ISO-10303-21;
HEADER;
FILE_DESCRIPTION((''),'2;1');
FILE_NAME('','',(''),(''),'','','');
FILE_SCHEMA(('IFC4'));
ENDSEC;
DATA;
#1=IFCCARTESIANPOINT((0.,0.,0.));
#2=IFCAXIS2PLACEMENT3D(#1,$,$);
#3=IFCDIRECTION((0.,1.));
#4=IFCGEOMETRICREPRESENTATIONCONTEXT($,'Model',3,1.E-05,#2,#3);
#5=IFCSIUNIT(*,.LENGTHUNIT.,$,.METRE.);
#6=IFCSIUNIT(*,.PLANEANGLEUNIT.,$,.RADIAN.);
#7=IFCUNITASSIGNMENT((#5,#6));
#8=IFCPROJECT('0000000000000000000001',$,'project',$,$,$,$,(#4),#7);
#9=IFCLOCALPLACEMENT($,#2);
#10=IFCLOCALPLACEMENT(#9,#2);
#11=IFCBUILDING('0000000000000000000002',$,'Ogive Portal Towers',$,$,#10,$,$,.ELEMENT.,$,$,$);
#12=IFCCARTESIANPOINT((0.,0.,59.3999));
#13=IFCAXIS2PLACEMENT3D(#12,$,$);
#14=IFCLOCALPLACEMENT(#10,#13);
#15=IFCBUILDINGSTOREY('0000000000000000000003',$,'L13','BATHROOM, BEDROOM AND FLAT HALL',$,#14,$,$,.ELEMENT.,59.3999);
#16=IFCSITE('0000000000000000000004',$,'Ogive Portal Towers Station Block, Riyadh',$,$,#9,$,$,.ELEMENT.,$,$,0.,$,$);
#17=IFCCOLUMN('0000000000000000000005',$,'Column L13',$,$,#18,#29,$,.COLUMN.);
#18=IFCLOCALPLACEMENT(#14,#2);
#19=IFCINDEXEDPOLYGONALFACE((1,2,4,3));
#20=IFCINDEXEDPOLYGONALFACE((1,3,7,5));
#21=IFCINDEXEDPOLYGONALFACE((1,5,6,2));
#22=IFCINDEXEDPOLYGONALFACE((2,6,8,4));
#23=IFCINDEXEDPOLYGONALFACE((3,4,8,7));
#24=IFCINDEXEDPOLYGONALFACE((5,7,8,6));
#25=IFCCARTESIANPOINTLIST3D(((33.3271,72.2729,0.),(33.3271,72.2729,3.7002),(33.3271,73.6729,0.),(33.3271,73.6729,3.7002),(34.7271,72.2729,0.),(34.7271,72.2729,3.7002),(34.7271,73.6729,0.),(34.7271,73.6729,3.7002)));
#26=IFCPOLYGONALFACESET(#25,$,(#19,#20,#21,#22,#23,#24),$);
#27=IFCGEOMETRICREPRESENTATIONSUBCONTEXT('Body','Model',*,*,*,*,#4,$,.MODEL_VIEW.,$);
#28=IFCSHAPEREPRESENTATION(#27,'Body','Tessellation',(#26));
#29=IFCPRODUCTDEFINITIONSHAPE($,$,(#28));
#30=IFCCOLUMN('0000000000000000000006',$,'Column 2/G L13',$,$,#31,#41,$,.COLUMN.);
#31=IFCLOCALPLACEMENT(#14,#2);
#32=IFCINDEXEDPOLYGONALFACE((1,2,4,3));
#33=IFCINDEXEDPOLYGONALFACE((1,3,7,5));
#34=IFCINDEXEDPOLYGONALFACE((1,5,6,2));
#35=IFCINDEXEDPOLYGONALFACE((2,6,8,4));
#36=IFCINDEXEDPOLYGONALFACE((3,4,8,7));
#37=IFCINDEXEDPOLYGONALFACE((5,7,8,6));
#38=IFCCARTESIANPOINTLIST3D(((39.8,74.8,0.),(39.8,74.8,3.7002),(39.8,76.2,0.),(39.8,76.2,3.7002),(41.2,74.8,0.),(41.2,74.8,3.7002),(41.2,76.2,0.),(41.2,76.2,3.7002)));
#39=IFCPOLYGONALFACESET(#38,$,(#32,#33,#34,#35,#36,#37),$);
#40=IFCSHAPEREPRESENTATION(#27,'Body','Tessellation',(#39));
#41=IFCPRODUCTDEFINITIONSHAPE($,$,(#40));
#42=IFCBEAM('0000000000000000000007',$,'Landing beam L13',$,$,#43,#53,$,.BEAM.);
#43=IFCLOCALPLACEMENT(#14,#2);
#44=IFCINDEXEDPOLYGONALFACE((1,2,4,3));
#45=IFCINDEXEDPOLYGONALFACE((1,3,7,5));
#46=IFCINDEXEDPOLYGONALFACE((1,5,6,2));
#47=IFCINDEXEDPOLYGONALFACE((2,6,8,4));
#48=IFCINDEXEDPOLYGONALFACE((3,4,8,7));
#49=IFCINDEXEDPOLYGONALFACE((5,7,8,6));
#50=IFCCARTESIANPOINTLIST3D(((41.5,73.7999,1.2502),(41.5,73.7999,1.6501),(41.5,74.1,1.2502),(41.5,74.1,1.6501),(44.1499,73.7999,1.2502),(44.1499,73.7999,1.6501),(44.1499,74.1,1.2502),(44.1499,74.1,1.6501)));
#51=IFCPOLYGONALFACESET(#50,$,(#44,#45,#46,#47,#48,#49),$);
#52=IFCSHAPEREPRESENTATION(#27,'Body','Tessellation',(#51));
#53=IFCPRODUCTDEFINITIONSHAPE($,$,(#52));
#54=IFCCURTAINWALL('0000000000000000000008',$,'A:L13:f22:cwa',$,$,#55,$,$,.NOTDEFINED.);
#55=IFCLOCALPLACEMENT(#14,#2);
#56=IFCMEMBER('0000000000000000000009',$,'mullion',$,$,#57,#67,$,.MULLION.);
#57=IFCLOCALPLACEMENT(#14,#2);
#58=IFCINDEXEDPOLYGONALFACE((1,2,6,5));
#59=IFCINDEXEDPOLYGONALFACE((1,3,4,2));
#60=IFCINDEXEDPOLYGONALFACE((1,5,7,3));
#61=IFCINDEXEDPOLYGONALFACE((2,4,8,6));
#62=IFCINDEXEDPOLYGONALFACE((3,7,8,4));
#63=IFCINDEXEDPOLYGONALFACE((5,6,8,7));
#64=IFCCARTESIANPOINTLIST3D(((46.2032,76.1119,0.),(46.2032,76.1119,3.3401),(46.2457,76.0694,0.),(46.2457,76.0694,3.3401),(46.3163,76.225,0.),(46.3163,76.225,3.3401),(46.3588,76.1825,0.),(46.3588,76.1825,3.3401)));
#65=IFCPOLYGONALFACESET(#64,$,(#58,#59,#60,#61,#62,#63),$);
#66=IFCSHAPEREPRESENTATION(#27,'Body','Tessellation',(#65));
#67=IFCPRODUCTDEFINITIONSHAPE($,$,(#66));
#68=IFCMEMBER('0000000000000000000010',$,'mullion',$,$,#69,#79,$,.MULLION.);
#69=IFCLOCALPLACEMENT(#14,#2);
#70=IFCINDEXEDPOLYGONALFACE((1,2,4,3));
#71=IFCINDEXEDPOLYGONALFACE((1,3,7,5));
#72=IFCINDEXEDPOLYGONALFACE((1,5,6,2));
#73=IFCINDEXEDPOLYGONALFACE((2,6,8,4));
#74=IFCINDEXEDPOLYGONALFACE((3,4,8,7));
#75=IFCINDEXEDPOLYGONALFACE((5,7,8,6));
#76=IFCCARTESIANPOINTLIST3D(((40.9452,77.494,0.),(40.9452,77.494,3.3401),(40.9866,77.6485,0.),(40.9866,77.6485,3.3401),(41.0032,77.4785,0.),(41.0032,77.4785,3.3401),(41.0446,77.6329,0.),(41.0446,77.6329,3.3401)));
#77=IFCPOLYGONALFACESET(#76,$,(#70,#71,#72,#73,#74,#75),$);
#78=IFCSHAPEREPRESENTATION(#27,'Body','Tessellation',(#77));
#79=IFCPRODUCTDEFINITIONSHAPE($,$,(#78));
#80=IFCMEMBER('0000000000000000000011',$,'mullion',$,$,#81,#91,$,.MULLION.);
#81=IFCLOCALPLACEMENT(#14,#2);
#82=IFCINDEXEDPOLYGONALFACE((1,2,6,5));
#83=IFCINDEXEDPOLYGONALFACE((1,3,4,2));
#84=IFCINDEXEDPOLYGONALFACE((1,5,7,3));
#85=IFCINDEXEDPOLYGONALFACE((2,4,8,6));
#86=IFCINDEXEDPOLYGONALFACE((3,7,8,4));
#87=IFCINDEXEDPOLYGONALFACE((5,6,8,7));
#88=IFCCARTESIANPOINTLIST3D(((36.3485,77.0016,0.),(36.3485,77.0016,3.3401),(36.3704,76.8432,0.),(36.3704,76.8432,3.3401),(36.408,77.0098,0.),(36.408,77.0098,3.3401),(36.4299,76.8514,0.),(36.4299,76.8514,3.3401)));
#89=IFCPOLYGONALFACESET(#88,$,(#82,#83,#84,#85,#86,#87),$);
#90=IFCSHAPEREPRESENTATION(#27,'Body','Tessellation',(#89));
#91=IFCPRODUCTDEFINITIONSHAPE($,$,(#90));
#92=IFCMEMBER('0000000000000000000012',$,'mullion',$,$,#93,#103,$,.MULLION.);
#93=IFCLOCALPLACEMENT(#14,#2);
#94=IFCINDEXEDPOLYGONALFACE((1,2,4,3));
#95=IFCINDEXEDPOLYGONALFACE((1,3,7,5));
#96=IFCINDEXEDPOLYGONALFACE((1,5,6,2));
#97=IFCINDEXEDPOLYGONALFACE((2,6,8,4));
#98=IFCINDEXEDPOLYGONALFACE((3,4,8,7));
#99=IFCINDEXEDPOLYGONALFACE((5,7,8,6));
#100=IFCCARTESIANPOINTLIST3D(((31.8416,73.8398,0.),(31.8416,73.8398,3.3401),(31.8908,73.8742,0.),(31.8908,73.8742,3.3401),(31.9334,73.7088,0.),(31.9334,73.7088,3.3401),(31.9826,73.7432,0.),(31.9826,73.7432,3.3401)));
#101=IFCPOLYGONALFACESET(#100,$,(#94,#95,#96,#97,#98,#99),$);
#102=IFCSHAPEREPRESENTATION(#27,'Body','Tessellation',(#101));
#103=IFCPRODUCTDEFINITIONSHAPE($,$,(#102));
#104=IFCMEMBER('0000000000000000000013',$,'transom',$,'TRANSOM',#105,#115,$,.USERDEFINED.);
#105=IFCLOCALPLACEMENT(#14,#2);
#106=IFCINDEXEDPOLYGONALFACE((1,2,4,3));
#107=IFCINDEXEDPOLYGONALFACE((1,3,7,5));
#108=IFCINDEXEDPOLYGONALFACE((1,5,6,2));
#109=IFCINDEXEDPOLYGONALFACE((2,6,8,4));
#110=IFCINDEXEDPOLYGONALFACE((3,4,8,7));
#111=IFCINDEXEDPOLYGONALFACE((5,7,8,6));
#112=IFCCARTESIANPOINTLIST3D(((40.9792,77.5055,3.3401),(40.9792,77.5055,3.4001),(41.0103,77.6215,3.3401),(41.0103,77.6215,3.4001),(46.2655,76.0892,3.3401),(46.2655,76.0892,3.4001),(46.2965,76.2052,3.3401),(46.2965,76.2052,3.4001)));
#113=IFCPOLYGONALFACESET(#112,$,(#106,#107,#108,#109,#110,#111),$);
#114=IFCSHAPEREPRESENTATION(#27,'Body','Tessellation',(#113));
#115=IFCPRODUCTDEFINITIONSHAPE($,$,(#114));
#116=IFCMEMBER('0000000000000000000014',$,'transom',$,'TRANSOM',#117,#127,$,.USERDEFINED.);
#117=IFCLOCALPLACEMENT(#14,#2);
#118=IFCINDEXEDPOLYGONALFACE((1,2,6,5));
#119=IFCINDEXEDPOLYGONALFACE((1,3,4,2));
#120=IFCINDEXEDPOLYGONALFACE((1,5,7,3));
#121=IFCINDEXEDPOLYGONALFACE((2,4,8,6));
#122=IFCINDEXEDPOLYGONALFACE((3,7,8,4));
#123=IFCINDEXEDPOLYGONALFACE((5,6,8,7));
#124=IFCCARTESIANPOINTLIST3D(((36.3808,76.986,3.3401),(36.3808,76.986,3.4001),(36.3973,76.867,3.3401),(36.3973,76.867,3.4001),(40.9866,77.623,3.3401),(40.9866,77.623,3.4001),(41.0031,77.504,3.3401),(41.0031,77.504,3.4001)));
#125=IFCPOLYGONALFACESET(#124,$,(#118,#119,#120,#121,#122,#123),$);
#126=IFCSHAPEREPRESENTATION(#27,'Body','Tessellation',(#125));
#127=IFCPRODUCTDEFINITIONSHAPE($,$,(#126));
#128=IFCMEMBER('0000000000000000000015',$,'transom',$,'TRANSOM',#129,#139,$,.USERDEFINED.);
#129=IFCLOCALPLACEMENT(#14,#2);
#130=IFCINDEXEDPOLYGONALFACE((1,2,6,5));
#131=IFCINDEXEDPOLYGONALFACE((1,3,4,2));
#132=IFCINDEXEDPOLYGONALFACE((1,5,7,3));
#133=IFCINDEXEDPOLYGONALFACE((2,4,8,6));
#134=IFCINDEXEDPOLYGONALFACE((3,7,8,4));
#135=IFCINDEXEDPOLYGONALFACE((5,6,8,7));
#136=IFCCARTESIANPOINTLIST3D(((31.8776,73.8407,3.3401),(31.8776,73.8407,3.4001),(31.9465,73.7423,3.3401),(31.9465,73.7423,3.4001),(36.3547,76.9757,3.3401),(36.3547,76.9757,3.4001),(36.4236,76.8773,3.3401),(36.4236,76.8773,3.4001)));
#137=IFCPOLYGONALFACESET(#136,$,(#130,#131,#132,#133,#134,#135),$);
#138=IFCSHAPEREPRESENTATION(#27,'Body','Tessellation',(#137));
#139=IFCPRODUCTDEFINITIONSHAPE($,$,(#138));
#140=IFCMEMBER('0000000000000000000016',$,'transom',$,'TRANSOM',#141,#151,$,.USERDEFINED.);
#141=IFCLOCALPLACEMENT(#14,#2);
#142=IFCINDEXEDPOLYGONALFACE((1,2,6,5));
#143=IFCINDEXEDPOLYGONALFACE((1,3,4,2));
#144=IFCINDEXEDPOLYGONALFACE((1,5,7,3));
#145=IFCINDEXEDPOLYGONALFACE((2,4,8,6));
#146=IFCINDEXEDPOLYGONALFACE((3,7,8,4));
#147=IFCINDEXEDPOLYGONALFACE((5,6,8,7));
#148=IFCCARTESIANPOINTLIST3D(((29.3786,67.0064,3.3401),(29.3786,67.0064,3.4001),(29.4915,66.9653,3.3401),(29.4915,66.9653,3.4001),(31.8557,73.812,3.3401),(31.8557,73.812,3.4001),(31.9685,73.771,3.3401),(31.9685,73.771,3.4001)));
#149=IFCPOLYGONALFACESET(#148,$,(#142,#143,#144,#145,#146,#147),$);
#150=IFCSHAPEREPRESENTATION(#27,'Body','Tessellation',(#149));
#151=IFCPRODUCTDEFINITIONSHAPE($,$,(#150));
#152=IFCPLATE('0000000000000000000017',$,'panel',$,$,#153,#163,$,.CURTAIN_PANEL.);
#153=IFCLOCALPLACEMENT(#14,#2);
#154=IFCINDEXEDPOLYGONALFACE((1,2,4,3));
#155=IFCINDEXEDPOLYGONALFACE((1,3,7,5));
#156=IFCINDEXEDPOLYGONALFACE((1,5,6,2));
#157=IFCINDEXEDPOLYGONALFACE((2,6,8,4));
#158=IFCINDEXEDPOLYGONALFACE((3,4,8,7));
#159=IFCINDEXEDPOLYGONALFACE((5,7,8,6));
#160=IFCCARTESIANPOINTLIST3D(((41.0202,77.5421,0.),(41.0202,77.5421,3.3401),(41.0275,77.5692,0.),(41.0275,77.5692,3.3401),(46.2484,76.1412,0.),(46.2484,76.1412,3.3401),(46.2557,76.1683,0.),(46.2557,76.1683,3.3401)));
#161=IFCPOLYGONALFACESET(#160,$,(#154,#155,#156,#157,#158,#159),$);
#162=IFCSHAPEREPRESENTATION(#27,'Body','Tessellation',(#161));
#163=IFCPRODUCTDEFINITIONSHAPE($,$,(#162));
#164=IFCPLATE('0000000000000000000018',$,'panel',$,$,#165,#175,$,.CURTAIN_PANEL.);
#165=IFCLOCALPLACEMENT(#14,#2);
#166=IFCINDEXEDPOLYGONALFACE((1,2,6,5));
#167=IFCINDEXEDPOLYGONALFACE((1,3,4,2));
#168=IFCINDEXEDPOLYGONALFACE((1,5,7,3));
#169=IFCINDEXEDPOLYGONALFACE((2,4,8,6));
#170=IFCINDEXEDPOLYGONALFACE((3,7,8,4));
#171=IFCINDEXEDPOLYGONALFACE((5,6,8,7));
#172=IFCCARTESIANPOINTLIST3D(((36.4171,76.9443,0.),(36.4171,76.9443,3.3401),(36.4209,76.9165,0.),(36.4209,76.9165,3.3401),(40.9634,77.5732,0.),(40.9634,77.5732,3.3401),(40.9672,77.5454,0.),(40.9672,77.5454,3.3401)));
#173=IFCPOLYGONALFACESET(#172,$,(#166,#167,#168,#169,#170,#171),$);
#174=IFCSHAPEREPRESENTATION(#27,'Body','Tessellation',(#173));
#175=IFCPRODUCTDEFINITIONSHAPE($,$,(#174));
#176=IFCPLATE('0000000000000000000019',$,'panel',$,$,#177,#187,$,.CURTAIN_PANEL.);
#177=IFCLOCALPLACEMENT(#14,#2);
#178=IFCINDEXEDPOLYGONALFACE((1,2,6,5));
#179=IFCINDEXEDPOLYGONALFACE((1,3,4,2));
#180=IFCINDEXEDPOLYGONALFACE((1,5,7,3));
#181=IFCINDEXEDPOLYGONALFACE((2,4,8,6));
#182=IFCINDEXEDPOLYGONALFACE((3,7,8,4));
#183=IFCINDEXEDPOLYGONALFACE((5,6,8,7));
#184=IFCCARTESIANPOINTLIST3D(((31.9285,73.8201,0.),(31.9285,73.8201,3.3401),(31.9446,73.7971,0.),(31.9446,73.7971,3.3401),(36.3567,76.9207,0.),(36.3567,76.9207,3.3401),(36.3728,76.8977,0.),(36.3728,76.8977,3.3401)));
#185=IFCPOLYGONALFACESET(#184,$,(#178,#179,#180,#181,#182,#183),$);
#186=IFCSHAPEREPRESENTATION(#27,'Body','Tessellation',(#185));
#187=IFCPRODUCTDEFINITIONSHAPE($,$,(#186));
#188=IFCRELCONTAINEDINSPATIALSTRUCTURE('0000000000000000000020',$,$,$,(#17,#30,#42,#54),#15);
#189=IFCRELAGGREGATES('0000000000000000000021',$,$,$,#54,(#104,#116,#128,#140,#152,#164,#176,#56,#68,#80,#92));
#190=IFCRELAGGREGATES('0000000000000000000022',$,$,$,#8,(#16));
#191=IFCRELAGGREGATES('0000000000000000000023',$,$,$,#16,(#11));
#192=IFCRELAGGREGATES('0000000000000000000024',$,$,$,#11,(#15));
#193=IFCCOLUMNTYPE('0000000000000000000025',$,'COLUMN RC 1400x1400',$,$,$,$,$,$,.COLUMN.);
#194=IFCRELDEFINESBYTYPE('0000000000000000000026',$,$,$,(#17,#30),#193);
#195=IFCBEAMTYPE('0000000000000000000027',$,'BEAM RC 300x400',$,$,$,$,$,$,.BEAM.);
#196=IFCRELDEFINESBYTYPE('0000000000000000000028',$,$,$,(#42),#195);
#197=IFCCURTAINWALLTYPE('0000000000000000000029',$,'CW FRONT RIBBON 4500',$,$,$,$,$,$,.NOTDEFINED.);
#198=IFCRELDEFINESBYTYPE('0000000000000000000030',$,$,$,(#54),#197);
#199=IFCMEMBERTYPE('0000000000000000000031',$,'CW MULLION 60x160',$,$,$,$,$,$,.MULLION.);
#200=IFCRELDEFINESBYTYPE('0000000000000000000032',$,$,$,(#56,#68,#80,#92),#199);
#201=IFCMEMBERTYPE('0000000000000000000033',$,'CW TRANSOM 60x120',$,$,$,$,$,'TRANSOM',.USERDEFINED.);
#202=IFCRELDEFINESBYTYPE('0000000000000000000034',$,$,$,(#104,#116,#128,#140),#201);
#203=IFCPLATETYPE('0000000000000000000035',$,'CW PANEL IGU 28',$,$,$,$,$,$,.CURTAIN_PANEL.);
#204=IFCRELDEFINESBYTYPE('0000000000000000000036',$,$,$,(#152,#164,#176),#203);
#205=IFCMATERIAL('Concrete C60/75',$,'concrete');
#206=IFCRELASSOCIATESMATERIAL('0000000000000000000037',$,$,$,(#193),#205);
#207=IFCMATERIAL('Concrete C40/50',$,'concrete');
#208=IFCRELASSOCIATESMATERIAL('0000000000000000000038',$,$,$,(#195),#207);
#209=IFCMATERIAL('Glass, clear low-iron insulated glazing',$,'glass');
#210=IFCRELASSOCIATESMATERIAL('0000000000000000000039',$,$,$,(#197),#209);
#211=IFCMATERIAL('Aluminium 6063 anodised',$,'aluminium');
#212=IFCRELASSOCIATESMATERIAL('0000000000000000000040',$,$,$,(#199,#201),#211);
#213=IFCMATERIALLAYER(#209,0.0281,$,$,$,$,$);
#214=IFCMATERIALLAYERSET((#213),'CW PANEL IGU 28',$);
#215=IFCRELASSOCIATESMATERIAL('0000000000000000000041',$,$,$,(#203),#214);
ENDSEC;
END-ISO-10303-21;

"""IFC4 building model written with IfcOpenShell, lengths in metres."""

from ifc_helpers import new_model, si_unit, direction, frame, origin, origin_2d, place, context, subcontext, project, spatial, rectangle, extrude, material, layer, layer_set, material_profile, profile_set, type_object, element, aggregate, save


model = new_model("IFC4")

# Units and contexts
model_context = context("Model", 3, precision=1e-05, world=origin(), true_north=direction((0.0, 1.0)))
body_context = subcontext(model_context, "Body", "Model", "MODEL_VIEW")
ifc_project = project(units=[si_unit("LENGTHUNIT", "METRE"), si_unit("PLANEANGLEUNIT", "RADIAN")], contexts=[model_context])

# Site, building, storey
site_placement = place(None, origin())
site = spatial("IfcSite", under=ifc_project, at=site_placement, Name="Ogive Portal Towers Station Block, Riyadh", CompositionType="ELEMENT", RefElevation=0.0)
building_placement = place(site_placement, origin())
building = spatial("IfcBuilding", under=site, at=building_placement, Name="Ogive Portal Towers", CompositionType="ELEMENT")
storey_placement = place(building_placement, frame((0.0, 0.0, 59.3999)))
storey = spatial("IfcBuildingStorey", under=building, at=storey_placement, Name="L13", Description="BATHROOM, BEDROOM AND FLAT HALL", CompositionType="ELEMENT", Elevation=59.3999)

# Columns
ifc_material_1 = material(Name="Concrete C60/75", Category="concrete")
ifc_material_profile_1 = material_profile(ifc_material_1, rectangle(XDim=1.3999, YDim=1.3999, at=origin_2d()), Name="RC 1400x1400")
ifc_profile_set_1 = profile_set([ifc_material_profile_1], Name="Concrete C60/75")
column_type = type_object("IfcColumnType", Name="COLUMN RC 1400x1400", PredefinedType="COLUMN", material=ifc_profile_set_1)
for number, where, z_axis, x_axis, name in (
    (1, (34.0271, 72.9729, 0.0), (0.0, 0.0, 1.0), (1.0, 0.0, 0.0), "Column L13"),
    (2, (40.5, 75.5, 0.0), (0.0, 0.0, 1.0), (1.0, 0.0, 0.0), "Column 2/G L13"),
):
    element("IfcColumn", number, at=place(storey_placement, frame(where, z_axis=z_axis, x_axis=x_axis)), inside=storey, type_object=column_type, Name=name, PredefinedType="COLUMN", context=body_context, shape_type="SweptSolid", body=[
        extrude(rectangle(XDim=1.3999, YDim=1.3999, at=origin_2d()), origin(), (0.0, 0.0, 1.0), 3.7002),
    ])

# Beam
ifc_material_2 = material(Name="Concrete C40/50", Category="concrete")
ifc_material_profile_2 = material_profile(ifc_material_2, rectangle(XDim=0.3, YDim=0.3999, at=origin_2d()), Name="RC 300x400")
ifc_profile_set_2 = profile_set([ifc_material_profile_2], Name="Concrete C40/50")
beam_type = type_object("IfcBeamType", Name="BEAM RC 300x400", PredefinedType="BEAM", material=ifc_profile_set_2)
beam_placement = place(storey_placement, frame((41.5, 73.95, 1.4502), z_axis=(1.0, 0.0, 0.0), x_axis=(0.0, 1.0, 0.0)))
element("IfcBeam", 3, at=beam_placement, inside=storey, type_object=beam_type, Name="Landing beam L13", PredefinedType="BEAM", context=body_context, shape_type="SweptSolid", body=[
    extrude(rectangle(XDim=0.3, YDim=0.3999, at=origin_2d()), origin(), (0.0, 0.0, 1.0), 2.6499),
])

# Curtain wall, members, plates
ifc_material_3 = material(Name="Glass, clear low-iron insulated glazing", Category="glass")
curtain_wall_type = type_object("IfcCurtainWallType", Name="CW FRONT RIBBON 4500", PredefinedType="NOTDEFINED", material=ifc_material_3)
curtain_wall_placement = place(storey_placement, origin())
curtain_wall = element("IfcCurtainWall", 4, at=curtain_wall_placement, inside=storey, type_object=curtain_wall_type, Name="A:L13:f22:cwa", PredefinedType="NOTDEFINED")
ifc_material_4 = material(Name="Aluminium 6063 anodised", Category="aluminium")
ifc_material_profile_3 = material_profile(ifc_material_4, rectangle(XDim=0.1599, YDim=0.0601, at=origin_2d()), Name="AL 60x160")
ifc_profile_set_3 = profile_set([ifc_material_profile_3], Name="Aluminium 6063 anodised")
member_type_1 = type_object("IfcMemberType", Name="CW MULLION 60x160", PredefinedType="MULLION", material=ifc_profile_set_3)
member_1_placement = place(storey_placement, frame((46.281, 76.1472, 0.0), z_axis=(0.0, 0.0, 1.0), x_axis=(-0.707107, -0.707107, 0.0)))
member_1 = element("IfcMember", 5, at=member_1_placement, type_object=member_type_1, Name="mullion", PredefinedType="MULLION", context=body_context, shape_type="SweptSolid", body=[
    extrude(rectangle(XDim=0.1599, YDim=0.0601, at=origin_2d()), origin(), (0.0, 0.0, 1.0), 3.3401),
])
member_2_placement = place(storey_placement, frame((40.9949, 77.5635, 0.0), z_axis=(0.0, 0.0, 1.0), x_axis=(-0.258819, -0.965926, 0.0)))
member_2 = element("IfcMember", 6, at=member_2_placement, type_object=member_type_1, Name="mullion", PredefinedType="MULLION", context=body_context, shape_type="SweptSolid", body=[
    extrude(rectangle(XDim=0.1599, YDim=0.0601, at=origin_2d()), origin(), (0.0, 0.0, 1.0), 3.3401),
])
member_3_placement = place(storey_placement, frame((36.3892, 76.9265, 0.0), z_axis=(0.0, 0.0, 1.0), x_axis=(0.137027, -0.990567, 0.0)))
member_3 = element("IfcMember", 7, at=member_3_placement, type_object=member_type_1, Name="mullion", PredefinedType="MULLION", context=body_context, shape_type="SweptSolid", body=[
    extrude(rectangle(XDim=0.1599, YDim=0.0601, at=origin_2d()), origin(), (0.0, 0.0, 1.0), 3.3401),
])
member_4_placement = place(storey_placement, frame((31.9121, 73.7915, 0.0), z_axis=(0.0, 0.0, 1.0), x_axis=(0.573576, -0.819152, 0.0)))
member_4 = element("IfcMember", 8, at=member_4_placement, type_object=member_type_1, Name="mullion", PredefinedType="MULLION", context=body_context, shape_type="SweptSolid", body=[
    extrude(rectangle(XDim=0.1599, YDim=0.0601, at=origin_2d()), origin(), (0.0, 0.0, 1.0), 3.3401),
])
ifc_material_profile_4 = material_profile(ifc_material_4, rectangle(XDim=0.1201, YDim=0.0601, at=origin_2d()), Name="AL 120x60")
ifc_profile_set_4 = profile_set([ifc_material_profile_4], Name="Aluminium 6063 anodised")
member_type_2 = type_object("IfcMemberType", Name="CW TRANSOM 60x120", ElementType="TRANSOM", PredefinedType="USERDEFINED", material=ifc_profile_set_4)
member_5_placement = place(storey_placement, frame((46.281, 76.1472, 3.3701), z_axis=(-0.965933, 0.258793, 0.0), x_axis=(-0.258793, -0.965933, 0.0)))
member_5 = element("IfcMember", 9, at=member_5_placement, type_object=member_type_2, Name="transom", ObjectType="TRANSOM", PredefinedType="USERDEFINED", context=body_context, shape_type="SweptSolid", body=[
    extrude(rectangle(XDim=0.1201, YDim=0.0601, at=origin_2d()), origin(), (0.0, 0.0, 1.0), 5.4727),
])
member_6_placement = place(storey_placement, frame((40.9949, 77.5635, 3.3701), z_axis=(-0.990572, -0.136995, 0.0), x_axis=(0.136995, -0.990572, 0.0)))
member_6 = element("IfcMember", 10, at=member_6_placement, type_object=member_type_2, Name="transom", ObjectType="TRANSOM", PredefinedType="USERDEFINED", context=body_context, shape_type="SweptSolid", body=[
    extrude(rectangle(XDim=0.1201, YDim=0.0601, at=origin_2d()), origin(), (0.0, 0.0, 1.0), 4.6497),
])
member_7_placement = place(storey_placement, frame((36.3892, 76.9265, 3.3701), z_axis=(-0.81914, -0.573594, 0.0), x_axis=(0.573594, -0.81914, 0.0)))
member_7 = element("IfcMember", 11, at=member_7_placement, type_object=member_type_2, Name="transom", ObjectType="TRANSOM", PredefinedType="USERDEFINED", context=body_context, shape_type="SweptSolid", body=[
    extrude(rectangle(XDim=0.1201, YDim=0.0601, at=origin_2d()), origin(), (0.0, 0.0, 1.0), 5.4656),
])
member_8_placement = place(storey_placement, frame((31.9121, 73.7915, 3.3701), z_axis=(-0.342019, -0.939693, 0.0), x_axis=(0.939693, -0.342019, 0.0)))
member_8 = element("IfcMember", 12, at=member_8_placement, type_object=member_type_2, Name="transom", ObjectType="TRANSOM", PredefinedType="USERDEFINED", context=body_context, shape_type="SweptSolid", body=[
    extrude(rectangle(XDim=0.1201, YDim=0.0601, at=origin_2d()), origin(), (0.0, 0.0, 1.0), 7.2424),
])
ifc_layer_1 = layer(ifc_material_3, 0.0281)
ifc_layer_set_1 = layer_set([ifc_layer_1], Name="CW PANEL IGU 28")
plate_type = type_object("IfcPlateType", Name="CW PANEL IGU 28", PredefinedType="CURTAIN_PANEL", material=ifc_layer_set_1)
plate_1_placement = place(storey_placement, frame((43.6379, 76.8552, 0.0), z_axis=(0.0, 0.0, 1.0), x_axis=(-0.965926, 0.258819, 0.0)))
plate_1 = element("IfcPlate", 13, at=plate_1_placement, type_object=plate_type, Name="panel", PredefinedType="CURTAIN_PANEL", context=body_context, shape_type="SweptSolid", body=[
    extrude(rectangle(XDim=5.4126, YDim=0.0281, at=origin_2d()), origin(), (0.0, 0.0, 1.0), 3.3401),
])
plate_2_placement = place(storey_placement, frame((38.6921, 77.2449, 0.0), z_axis=(0.0, 0.0, 1.0), x_axis=(-0.990567, -0.137027, 0.0)))
plate_2 = element("IfcPlate", 14, at=plate_2_placement, type_object=plate_type, Name="panel", PredefinedType="CURTAIN_PANEL", context=body_context, shape_type="SweptSolid", body=[
    extrude(rectangle(XDim=4.5896, YDim=0.0281, at=origin_2d()), origin(), (0.0, 0.0, 1.0), 3.3401),
])
plate_3_placement = place(storey_placement, frame((34.1506, 75.3589, 0.0), z_axis=(0.0, 0.0, 1.0), x_axis=(-0.819152, -0.573576, 0.0)))
plate_3 = element("IfcPlate", 15, at=plate_3_placement, type_object=plate_type, Name="panel", PredefinedType="CURTAIN_PANEL", context=body_context, shape_type="SweptSolid", body=[
    extrude(rectangle(XDim=5.4058, YDim=0.0281, at=origin_2d()), origin(), (0.0, 0.0, 1.0), 3.3401),
])
aggregate(curtain_wall, [member_5, member_6, member_7, member_8, plate_1, plate_2, plate_3, member_1, member_2, member_3, member_4])

save(model, "model.ifc")
